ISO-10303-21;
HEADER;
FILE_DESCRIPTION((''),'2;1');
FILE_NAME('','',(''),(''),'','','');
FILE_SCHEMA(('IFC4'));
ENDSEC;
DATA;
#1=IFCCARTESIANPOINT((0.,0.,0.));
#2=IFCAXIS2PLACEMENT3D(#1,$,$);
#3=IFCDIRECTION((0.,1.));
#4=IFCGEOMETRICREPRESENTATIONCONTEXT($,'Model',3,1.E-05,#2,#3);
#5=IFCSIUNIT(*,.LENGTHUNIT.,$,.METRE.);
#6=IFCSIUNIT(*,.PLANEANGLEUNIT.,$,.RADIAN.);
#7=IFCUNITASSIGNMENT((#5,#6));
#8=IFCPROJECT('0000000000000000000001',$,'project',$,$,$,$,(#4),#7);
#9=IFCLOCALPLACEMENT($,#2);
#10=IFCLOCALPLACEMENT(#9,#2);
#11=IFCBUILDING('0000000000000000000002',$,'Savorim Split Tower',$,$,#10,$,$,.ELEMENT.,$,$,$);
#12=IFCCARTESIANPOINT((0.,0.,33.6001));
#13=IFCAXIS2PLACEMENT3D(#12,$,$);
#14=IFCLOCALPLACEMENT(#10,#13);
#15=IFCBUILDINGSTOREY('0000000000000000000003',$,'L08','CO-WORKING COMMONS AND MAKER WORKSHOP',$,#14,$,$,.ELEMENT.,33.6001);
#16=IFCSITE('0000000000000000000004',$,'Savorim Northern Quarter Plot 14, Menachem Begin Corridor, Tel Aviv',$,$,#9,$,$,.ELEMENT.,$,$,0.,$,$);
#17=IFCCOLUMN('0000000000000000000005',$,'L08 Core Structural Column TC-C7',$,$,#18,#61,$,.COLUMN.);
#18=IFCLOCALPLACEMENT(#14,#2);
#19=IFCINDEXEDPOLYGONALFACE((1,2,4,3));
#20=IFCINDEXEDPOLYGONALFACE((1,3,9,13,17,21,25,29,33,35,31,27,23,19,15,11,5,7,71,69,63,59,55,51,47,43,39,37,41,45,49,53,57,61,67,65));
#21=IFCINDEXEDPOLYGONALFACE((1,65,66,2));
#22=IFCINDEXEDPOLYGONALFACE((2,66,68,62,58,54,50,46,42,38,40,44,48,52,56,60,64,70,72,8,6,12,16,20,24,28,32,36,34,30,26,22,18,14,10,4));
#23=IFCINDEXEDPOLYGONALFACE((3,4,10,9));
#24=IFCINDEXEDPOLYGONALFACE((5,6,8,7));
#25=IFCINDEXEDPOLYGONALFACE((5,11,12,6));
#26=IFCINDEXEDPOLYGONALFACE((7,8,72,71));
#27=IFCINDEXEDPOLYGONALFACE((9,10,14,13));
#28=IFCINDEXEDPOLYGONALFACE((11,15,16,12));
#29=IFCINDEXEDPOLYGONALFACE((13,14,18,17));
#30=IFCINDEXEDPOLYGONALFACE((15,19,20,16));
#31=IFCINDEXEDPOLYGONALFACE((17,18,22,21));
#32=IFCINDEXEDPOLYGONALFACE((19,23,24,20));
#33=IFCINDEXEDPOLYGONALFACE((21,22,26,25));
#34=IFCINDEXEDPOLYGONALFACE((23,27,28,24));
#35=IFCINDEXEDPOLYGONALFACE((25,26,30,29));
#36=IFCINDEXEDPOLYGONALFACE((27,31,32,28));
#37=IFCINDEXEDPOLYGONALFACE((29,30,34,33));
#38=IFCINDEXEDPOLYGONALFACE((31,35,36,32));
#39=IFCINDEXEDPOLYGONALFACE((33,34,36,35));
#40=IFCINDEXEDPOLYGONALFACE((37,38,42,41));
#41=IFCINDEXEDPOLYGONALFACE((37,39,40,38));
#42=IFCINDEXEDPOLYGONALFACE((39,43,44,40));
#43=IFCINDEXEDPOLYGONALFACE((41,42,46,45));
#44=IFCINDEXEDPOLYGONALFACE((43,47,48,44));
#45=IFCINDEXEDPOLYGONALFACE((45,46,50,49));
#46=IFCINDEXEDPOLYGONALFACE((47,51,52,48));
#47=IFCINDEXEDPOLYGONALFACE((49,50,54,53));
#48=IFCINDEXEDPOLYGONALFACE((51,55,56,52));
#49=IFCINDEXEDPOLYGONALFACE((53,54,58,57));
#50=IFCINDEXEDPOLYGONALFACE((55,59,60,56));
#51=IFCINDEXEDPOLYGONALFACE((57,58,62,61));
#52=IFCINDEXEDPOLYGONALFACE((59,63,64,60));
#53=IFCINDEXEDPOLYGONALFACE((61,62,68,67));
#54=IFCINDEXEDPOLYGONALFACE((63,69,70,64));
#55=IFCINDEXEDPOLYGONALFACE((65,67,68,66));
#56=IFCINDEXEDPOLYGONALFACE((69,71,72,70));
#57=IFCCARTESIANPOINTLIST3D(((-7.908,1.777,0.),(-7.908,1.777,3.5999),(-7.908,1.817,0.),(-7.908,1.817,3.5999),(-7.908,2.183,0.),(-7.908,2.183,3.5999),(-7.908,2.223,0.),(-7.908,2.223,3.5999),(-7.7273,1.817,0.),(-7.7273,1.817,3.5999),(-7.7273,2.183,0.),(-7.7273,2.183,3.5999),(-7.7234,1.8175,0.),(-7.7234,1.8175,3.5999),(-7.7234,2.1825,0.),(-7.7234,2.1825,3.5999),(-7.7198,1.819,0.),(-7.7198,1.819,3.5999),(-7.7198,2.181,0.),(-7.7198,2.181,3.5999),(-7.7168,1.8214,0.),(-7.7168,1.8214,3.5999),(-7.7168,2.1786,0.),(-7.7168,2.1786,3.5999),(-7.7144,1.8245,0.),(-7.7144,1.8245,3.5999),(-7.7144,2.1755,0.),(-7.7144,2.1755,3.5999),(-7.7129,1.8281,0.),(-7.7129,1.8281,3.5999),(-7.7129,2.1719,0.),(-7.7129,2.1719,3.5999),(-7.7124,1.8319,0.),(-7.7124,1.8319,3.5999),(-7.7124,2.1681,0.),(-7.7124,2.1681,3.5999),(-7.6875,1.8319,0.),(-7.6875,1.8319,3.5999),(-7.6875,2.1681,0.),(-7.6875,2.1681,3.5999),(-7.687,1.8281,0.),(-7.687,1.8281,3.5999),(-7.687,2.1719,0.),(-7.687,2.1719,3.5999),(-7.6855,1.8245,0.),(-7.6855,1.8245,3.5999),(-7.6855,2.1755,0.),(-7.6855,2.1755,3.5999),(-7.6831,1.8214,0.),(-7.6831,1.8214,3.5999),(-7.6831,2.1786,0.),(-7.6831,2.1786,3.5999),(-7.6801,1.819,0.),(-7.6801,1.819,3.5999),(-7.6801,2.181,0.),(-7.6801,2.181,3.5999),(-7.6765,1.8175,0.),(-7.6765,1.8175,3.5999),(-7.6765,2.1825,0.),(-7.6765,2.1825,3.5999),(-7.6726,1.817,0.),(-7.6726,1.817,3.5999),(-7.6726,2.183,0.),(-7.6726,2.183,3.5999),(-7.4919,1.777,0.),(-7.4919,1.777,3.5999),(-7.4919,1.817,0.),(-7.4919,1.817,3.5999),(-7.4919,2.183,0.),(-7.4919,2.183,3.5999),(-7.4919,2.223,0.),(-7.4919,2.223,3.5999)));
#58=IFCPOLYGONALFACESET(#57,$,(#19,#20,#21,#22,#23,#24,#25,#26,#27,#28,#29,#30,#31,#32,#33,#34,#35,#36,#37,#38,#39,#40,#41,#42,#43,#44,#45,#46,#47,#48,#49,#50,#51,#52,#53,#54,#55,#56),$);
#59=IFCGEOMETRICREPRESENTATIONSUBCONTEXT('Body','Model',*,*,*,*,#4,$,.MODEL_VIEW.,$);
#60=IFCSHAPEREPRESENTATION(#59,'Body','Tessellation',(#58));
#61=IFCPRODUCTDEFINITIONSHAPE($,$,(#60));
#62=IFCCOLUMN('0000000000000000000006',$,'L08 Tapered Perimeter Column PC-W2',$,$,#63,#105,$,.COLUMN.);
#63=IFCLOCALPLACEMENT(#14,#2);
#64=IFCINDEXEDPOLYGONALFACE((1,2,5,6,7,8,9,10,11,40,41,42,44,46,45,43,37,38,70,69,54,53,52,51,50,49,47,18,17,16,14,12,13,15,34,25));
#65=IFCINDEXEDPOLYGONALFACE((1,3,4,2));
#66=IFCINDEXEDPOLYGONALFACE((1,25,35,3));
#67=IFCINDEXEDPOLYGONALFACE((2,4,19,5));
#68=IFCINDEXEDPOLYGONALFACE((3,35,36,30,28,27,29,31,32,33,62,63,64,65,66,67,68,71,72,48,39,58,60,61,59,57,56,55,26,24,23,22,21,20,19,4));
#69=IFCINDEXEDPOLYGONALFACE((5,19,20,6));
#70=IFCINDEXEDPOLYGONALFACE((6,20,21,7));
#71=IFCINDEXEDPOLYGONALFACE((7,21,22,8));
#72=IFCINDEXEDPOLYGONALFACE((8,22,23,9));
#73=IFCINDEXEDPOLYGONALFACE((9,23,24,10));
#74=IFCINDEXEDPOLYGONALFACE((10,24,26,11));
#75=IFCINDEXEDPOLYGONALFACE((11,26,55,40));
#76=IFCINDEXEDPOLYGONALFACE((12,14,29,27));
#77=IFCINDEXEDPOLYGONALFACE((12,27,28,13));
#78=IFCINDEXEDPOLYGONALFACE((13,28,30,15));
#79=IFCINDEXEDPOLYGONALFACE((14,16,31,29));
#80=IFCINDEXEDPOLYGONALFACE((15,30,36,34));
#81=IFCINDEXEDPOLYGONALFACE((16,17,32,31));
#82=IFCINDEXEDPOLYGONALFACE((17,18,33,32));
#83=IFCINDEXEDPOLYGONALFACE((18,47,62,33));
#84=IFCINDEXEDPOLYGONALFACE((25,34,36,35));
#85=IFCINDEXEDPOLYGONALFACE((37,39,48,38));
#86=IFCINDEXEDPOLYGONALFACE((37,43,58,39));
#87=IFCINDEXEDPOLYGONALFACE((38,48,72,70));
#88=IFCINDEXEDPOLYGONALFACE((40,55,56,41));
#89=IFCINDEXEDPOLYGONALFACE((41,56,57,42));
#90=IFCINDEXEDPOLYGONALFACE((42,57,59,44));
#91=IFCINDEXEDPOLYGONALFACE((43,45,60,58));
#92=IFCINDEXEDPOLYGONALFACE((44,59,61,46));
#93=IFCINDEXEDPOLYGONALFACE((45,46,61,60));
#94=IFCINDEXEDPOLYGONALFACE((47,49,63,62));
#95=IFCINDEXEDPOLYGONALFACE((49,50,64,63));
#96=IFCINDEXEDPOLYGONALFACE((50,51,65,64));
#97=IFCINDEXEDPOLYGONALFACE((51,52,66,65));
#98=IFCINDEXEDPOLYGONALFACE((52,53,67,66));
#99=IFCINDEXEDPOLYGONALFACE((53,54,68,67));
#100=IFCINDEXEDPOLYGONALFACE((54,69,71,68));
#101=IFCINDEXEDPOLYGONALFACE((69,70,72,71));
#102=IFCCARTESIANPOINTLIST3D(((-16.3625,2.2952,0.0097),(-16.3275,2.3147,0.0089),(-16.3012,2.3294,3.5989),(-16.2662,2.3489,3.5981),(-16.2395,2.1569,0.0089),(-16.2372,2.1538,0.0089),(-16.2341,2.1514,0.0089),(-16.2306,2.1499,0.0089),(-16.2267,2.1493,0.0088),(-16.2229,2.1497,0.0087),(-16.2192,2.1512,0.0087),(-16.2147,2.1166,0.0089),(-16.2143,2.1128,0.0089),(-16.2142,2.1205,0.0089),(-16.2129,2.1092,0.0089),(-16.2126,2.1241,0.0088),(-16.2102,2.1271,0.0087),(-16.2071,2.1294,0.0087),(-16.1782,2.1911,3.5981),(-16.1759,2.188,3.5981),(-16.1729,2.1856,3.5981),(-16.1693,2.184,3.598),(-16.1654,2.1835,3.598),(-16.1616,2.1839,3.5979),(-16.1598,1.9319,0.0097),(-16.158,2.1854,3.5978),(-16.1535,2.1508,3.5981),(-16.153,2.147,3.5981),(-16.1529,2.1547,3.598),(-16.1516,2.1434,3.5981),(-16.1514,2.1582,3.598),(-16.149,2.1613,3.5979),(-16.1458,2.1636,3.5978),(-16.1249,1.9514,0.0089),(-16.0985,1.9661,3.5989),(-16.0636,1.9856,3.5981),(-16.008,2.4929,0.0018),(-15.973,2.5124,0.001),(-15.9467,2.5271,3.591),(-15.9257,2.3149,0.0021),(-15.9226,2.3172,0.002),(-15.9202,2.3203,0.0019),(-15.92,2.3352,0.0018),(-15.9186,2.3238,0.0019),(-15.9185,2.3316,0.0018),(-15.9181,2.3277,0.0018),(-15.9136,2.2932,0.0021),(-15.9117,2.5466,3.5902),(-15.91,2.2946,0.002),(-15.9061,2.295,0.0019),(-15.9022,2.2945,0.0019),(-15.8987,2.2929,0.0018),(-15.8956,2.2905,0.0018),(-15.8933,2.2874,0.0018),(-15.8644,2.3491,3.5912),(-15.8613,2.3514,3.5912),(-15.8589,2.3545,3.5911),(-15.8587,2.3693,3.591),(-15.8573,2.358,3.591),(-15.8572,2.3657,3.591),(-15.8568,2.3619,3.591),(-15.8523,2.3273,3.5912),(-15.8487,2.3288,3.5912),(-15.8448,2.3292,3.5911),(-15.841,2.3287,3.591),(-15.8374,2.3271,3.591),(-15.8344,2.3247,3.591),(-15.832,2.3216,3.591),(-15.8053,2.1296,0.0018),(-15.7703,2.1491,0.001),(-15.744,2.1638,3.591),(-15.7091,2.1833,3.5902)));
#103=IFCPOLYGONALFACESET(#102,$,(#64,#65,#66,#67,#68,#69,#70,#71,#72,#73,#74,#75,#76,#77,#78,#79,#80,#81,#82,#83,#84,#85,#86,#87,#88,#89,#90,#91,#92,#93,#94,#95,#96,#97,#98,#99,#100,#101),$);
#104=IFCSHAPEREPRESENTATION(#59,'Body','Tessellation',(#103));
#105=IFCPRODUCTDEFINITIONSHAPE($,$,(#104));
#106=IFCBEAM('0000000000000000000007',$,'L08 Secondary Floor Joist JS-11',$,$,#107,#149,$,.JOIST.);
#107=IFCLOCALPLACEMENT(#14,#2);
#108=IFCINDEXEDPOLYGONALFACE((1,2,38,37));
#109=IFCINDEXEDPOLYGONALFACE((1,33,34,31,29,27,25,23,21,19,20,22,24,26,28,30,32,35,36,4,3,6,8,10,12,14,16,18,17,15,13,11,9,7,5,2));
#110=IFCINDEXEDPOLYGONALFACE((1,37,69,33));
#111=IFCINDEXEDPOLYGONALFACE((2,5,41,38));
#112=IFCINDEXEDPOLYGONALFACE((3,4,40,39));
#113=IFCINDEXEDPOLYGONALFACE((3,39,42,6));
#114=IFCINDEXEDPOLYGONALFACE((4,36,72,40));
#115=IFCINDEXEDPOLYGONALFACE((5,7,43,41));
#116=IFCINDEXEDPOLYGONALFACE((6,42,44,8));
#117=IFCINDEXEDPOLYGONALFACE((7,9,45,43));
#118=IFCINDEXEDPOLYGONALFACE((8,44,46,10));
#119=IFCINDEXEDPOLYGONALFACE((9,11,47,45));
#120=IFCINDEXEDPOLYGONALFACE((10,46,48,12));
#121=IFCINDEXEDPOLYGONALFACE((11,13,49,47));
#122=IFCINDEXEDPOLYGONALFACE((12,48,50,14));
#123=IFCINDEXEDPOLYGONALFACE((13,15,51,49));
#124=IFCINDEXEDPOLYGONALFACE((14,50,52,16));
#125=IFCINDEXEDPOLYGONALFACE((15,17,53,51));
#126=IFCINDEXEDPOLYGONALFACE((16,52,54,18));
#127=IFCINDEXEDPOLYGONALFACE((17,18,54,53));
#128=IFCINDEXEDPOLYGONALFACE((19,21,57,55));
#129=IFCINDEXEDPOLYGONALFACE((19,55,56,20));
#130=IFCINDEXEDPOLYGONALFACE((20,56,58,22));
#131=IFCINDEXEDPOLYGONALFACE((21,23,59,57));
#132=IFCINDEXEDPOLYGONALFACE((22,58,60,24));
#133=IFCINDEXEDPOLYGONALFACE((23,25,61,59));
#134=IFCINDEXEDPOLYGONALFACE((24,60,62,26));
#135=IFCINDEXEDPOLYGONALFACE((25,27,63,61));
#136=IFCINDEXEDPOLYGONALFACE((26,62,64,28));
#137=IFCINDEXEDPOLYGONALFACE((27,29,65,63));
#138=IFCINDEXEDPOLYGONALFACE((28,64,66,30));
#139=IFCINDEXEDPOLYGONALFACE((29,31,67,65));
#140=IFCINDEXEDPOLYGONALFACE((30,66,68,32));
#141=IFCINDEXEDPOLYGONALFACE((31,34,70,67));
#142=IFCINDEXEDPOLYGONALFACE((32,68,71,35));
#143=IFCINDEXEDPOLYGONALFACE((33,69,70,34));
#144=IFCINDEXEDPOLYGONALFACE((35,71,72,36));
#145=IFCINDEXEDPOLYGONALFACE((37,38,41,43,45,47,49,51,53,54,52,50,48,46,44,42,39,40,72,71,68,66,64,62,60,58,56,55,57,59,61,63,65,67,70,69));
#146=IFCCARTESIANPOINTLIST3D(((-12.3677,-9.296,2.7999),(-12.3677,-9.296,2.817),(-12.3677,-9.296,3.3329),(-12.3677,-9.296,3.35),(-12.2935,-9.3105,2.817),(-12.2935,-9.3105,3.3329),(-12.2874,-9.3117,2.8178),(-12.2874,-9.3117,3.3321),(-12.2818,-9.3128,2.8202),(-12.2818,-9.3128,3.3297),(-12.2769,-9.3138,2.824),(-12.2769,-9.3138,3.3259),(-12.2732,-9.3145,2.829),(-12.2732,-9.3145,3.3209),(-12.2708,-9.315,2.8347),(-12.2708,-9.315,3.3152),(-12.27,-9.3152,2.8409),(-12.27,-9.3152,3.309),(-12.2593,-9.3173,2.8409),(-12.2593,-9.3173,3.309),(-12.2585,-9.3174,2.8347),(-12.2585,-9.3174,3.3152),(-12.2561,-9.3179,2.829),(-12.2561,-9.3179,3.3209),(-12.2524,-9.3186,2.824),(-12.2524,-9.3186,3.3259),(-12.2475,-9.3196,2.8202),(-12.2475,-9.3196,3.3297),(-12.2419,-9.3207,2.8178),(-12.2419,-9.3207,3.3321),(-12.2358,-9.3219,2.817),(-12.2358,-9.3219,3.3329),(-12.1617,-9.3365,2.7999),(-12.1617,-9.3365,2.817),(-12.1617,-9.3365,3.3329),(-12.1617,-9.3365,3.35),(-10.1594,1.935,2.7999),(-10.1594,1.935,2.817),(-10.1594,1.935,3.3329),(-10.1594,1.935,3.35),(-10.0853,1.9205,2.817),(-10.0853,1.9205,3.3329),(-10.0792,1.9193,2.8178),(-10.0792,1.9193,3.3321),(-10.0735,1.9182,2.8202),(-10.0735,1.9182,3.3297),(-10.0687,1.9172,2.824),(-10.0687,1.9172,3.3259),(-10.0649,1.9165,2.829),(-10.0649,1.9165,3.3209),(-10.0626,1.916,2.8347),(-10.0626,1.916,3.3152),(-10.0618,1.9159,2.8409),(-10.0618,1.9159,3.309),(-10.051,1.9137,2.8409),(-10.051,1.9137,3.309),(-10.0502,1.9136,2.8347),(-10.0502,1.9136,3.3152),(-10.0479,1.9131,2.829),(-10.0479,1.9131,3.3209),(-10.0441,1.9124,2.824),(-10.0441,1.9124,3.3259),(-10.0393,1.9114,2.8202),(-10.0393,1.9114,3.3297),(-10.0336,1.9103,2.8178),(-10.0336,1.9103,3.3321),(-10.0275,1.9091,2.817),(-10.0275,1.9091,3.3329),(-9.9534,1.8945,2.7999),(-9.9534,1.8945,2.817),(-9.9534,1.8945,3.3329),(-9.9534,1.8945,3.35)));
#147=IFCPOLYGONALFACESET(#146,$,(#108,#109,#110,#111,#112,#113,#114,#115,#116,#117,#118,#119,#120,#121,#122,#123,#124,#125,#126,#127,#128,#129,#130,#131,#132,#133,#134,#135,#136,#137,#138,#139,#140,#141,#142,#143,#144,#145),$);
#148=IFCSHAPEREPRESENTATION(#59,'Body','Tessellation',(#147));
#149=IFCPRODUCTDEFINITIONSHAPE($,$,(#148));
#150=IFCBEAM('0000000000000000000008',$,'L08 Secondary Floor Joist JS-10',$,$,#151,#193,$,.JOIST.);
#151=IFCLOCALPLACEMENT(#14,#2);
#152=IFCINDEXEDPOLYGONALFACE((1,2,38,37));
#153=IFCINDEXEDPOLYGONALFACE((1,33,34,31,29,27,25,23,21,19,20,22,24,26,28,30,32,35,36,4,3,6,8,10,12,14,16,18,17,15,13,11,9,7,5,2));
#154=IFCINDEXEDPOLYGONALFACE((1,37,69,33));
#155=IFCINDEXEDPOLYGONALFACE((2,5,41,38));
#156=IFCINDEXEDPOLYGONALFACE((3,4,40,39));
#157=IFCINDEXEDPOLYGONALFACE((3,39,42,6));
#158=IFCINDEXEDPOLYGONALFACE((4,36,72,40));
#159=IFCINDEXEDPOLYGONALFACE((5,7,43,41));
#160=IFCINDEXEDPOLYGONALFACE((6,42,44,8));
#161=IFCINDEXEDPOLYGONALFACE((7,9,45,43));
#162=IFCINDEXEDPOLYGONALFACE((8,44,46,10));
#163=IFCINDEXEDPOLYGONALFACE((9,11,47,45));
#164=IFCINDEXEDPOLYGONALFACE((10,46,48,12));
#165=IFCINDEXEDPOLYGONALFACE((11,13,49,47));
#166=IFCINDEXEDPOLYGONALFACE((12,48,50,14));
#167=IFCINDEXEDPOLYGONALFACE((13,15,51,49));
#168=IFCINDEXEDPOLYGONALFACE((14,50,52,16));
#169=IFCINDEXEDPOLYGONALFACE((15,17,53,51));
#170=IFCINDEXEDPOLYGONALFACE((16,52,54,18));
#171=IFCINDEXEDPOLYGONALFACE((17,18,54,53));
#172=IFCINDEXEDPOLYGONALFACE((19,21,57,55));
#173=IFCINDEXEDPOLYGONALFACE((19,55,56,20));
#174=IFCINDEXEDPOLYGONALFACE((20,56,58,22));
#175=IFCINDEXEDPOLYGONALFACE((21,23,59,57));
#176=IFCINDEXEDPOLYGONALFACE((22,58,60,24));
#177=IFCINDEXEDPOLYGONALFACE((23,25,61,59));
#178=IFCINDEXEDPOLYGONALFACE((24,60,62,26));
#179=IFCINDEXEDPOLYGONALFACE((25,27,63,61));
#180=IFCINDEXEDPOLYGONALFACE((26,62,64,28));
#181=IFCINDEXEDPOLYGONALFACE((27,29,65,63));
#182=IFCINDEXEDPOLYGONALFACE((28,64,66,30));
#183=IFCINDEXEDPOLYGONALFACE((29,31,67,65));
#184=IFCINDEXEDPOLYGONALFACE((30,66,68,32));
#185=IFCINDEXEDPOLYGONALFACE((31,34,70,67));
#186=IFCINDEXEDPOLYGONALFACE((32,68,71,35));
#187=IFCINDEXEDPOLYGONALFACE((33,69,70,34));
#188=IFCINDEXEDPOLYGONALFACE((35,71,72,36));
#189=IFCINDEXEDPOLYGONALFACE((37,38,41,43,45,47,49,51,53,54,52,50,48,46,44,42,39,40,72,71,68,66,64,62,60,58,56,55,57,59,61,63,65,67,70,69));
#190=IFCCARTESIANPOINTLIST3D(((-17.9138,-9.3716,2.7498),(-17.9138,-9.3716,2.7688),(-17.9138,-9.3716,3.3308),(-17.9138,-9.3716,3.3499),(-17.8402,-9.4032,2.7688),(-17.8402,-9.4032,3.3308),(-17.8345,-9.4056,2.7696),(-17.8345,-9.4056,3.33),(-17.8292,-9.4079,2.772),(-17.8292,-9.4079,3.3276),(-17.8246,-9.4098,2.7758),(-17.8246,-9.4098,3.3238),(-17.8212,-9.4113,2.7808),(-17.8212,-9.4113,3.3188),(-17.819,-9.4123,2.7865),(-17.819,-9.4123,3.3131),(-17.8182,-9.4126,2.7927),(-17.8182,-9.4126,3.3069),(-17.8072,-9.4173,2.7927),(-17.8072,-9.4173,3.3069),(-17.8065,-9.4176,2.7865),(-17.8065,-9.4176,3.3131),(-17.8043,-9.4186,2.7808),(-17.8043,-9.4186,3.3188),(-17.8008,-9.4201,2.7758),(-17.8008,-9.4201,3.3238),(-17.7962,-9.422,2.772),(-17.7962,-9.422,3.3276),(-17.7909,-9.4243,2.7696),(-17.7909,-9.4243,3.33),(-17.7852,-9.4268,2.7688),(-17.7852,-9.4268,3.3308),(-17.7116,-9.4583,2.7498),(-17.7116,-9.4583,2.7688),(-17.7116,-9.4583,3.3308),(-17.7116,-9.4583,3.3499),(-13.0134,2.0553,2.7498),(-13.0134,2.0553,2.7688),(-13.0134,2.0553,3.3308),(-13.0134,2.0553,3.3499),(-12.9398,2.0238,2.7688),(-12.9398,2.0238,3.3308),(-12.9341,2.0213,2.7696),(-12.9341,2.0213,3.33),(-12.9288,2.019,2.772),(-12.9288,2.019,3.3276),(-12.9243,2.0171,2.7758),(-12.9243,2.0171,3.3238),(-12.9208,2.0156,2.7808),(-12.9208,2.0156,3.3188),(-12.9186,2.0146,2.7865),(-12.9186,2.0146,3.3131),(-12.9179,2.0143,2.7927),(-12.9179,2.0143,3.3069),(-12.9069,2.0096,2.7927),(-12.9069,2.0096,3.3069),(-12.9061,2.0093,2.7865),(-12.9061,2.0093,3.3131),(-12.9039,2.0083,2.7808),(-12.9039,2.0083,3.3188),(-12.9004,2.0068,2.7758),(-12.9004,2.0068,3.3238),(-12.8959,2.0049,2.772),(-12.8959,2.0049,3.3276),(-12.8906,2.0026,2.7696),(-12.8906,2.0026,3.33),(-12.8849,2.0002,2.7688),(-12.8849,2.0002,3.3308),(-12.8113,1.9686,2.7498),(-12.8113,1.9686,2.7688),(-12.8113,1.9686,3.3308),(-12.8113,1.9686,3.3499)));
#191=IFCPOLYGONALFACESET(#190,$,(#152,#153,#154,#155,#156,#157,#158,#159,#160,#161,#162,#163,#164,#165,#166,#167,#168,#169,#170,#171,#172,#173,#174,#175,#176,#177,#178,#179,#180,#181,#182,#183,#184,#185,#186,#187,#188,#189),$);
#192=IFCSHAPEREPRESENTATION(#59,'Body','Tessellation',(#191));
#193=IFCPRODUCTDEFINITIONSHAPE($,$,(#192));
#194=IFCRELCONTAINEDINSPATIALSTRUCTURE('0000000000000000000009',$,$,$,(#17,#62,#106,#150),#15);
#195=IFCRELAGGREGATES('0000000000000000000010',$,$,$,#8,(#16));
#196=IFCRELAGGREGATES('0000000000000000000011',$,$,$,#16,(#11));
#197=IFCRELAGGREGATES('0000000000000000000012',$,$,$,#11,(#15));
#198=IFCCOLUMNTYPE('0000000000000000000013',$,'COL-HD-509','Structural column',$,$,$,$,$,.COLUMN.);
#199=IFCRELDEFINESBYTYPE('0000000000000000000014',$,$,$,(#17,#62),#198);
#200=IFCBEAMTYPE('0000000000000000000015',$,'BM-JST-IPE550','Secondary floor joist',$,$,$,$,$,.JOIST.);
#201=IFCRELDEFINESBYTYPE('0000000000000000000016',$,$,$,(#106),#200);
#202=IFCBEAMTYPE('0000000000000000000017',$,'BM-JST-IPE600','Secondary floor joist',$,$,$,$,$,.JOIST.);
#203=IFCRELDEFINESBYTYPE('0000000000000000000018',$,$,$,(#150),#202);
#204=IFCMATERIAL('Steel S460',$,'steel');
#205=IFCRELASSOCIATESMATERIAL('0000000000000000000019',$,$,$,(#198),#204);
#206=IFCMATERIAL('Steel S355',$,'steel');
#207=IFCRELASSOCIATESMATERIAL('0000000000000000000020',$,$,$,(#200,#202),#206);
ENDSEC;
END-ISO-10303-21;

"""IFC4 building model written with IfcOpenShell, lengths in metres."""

from ifc_helpers import new_model, si_unit, direction, frame, origin, origin_2d, place, context, subcontext, project, spatial, i_section, extrude, material, material_profile, profile_set, type_object, element, save


model = new_model("IFC4")

# Units and contexts
model_context = context("Model", 3, precision=1e-05, world=origin(), true_north=direction((0.0, 1.0)))
body_context = subcontext(model_context, "Body", "Model", "MODEL_VIEW")
ifc_project = project(units=[si_unit("LENGTHUNIT", "METRE"), si_unit("PLANEANGLEUNIT", "RADIAN")], contexts=[model_context])

# Site, building, storey
site_placement = place(None, origin())
site = spatial("IfcSite", under=ifc_project, at=site_placement, Name="Savorim Northern Quarter Plot 14, Menachem Begin Corridor, Tel Aviv", CompositionType="ELEMENT", RefElevation=0.0)
building_placement = place(site_placement, origin())
building = spatial("IfcBuilding", under=site, at=building_placement, Name="Savorim Split Tower", CompositionType="ELEMENT")
storey_placement = place(building_placement, frame((0.0, 0.0, 33.6001)))
storey = spatial("IfcBuildingStorey", under=building, at=storey_placement, Name="L08", Description="CO-WORKING COMMONS AND MAKER WORKSHOP", CompositionType="ELEMENT", Elevation=33.6001)

# Columns
ifc_material_1 = material(Name="Steel S460", Category="steel")
ifc_material_profile_1 = material_profile(ifc_material_1, i_section(OverallWidth=0.416, OverallDepth=0.446, WebThickness=0.0249, FlangeThickness=0.04, FilletRadius=0.0149, at=origin_2d()), Name="HD 400x509")
ifc_profile_set_1 = profile_set([ifc_material_profile_1], Name="Steel S460")
column_type = type_object("IfcColumnType", Name="COL-HD-509", Description="Structural column", PredefinedType="COLUMN", material=ifc_profile_set_1)
column_1_placement = place(storey_placement, frame((-7.7, 2.0, 0.0), z_axis=(0.0, 0.0, 1.0), x_axis=(1.0, 0.0, 0.0)))
element("IfcColumn", 1, at=column_1_placement, inside=storey, type_object=column_type, Name="L08 Core Structural Column TC-C7", PredefinedType="COLUMN", context=body_context, shape_type="SweptSolid", body=[
    extrude(i_section(OverallWidth=0.416, OverallDepth=0.446, WebThickness=0.0249, FlangeThickness=0.04, FilletRadius=0.0149, at=origin_2d()), origin(), (0.0, 0.0, 1.0), 3.5999),
])
column_2_placement = place(storey_placement, frame((-16.0664, 2.2222, 0.0054), z_axis=(0.01707, 0.009521, 0.999809), x_axis=(-0.487119, 0.873335, 0.0)))
element("IfcColumn", 2, at=column_2_placement, inside=storey, type_object=column_type, Name="L08 Tapered Perimeter Column PC-W2", PredefinedType="COLUMN", context=body_context, shape_type="SweptSolid", body=[
    extrude(i_section(OverallWidth=0.416, OverallDepth=0.446, WebThickness=0.0249, FlangeThickness=0.04, FilletRadius=0.0149, at=origin_2d()), origin(), (0.0, 0.0, 1.0), 3.5898),
])

# Beams
ifc_material_2 = material(Name="Steel S355", Category="steel")
ifc_material_profile_2 = material_profile(ifc_material_2, i_section(OverallWidth=0.21, OverallDepth=0.55, WebThickness=0.011, FlangeThickness=0.0171, FilletRadius=0.0239, at=origin_2d()), Name="IPE 550")
ifc_profile_set_2 = profile_set([ifc_material_profile_2], Name="Steel S355")
beam_type_1 = type_object("IfcBeamType", Name="BM-JST-IPE550", Description="Secondary floor joist", PredefinedType="JOIST", material=ifc_profile_set_2)
beam_1_placement = place(storey_placement, frame((-10.0564, 1.9148, 3.075), z_axis=(-0.192928, -0.981213, 0.0), x_axis=(0.981213, -0.192928, 0.0)))
element("IfcBeam", 3, at=beam_1_placement, inside=storey, type_object=beam_type_1, Name="L08 Secondary Floor Joist JS-11", PredefinedType="JOIST", context=body_context, shape_type="SweptSolid", body=[
    extrude(i_section(OverallWidth=0.21, OverallDepth=0.55, WebThickness=0.011, FlangeThickness=0.0171, FilletRadius=0.0239, at=origin_2d()), origin(), (0.0, 0.0, 1.0), 11.446),
])
ifc_material_profile_3 = material_profile(ifc_material_2, i_section(OverallWidth=0.22, OverallDepth=0.6001, WebThickness=0.012, FlangeThickness=0.019, FilletRadius=0.0239, at=origin_2d()), Name="IPE 600")
ifc_profile_set_3 = profile_set([ifc_material_profile_3], Name="Steel S355")
beam_type_2 = type_object("IfcBeamType", Name="BM-JST-IPE600", Description="Secondary floor joist", PredefinedType="JOIST", material=ifc_profile_set_3)
beam_2_placement = place(storey_placement, frame((-12.9124, 2.012, 3.0498), z_axis=(-0.39413, -0.919055, 0.0), x_axis=(0.919055, -0.39413, 0.0)))
element("IfcBeam", 4, at=beam_2_placement, inside=storey, type_object=beam_type_2, Name="L08 Secondary Floor Joist JS-10", PredefinedType="JOIST", context=body_context, shape_type="SweptSolid", body=[
    extrude(i_section(OverallWidth=0.22, OverallDepth=0.6001, WebThickness=0.012, FlangeThickness=0.019, FilletRadius=0.0239, at=origin_2d()), origin(), (0.0, 0.0, 1.0), 12.4333),
])

save(model, "model.ifc")
